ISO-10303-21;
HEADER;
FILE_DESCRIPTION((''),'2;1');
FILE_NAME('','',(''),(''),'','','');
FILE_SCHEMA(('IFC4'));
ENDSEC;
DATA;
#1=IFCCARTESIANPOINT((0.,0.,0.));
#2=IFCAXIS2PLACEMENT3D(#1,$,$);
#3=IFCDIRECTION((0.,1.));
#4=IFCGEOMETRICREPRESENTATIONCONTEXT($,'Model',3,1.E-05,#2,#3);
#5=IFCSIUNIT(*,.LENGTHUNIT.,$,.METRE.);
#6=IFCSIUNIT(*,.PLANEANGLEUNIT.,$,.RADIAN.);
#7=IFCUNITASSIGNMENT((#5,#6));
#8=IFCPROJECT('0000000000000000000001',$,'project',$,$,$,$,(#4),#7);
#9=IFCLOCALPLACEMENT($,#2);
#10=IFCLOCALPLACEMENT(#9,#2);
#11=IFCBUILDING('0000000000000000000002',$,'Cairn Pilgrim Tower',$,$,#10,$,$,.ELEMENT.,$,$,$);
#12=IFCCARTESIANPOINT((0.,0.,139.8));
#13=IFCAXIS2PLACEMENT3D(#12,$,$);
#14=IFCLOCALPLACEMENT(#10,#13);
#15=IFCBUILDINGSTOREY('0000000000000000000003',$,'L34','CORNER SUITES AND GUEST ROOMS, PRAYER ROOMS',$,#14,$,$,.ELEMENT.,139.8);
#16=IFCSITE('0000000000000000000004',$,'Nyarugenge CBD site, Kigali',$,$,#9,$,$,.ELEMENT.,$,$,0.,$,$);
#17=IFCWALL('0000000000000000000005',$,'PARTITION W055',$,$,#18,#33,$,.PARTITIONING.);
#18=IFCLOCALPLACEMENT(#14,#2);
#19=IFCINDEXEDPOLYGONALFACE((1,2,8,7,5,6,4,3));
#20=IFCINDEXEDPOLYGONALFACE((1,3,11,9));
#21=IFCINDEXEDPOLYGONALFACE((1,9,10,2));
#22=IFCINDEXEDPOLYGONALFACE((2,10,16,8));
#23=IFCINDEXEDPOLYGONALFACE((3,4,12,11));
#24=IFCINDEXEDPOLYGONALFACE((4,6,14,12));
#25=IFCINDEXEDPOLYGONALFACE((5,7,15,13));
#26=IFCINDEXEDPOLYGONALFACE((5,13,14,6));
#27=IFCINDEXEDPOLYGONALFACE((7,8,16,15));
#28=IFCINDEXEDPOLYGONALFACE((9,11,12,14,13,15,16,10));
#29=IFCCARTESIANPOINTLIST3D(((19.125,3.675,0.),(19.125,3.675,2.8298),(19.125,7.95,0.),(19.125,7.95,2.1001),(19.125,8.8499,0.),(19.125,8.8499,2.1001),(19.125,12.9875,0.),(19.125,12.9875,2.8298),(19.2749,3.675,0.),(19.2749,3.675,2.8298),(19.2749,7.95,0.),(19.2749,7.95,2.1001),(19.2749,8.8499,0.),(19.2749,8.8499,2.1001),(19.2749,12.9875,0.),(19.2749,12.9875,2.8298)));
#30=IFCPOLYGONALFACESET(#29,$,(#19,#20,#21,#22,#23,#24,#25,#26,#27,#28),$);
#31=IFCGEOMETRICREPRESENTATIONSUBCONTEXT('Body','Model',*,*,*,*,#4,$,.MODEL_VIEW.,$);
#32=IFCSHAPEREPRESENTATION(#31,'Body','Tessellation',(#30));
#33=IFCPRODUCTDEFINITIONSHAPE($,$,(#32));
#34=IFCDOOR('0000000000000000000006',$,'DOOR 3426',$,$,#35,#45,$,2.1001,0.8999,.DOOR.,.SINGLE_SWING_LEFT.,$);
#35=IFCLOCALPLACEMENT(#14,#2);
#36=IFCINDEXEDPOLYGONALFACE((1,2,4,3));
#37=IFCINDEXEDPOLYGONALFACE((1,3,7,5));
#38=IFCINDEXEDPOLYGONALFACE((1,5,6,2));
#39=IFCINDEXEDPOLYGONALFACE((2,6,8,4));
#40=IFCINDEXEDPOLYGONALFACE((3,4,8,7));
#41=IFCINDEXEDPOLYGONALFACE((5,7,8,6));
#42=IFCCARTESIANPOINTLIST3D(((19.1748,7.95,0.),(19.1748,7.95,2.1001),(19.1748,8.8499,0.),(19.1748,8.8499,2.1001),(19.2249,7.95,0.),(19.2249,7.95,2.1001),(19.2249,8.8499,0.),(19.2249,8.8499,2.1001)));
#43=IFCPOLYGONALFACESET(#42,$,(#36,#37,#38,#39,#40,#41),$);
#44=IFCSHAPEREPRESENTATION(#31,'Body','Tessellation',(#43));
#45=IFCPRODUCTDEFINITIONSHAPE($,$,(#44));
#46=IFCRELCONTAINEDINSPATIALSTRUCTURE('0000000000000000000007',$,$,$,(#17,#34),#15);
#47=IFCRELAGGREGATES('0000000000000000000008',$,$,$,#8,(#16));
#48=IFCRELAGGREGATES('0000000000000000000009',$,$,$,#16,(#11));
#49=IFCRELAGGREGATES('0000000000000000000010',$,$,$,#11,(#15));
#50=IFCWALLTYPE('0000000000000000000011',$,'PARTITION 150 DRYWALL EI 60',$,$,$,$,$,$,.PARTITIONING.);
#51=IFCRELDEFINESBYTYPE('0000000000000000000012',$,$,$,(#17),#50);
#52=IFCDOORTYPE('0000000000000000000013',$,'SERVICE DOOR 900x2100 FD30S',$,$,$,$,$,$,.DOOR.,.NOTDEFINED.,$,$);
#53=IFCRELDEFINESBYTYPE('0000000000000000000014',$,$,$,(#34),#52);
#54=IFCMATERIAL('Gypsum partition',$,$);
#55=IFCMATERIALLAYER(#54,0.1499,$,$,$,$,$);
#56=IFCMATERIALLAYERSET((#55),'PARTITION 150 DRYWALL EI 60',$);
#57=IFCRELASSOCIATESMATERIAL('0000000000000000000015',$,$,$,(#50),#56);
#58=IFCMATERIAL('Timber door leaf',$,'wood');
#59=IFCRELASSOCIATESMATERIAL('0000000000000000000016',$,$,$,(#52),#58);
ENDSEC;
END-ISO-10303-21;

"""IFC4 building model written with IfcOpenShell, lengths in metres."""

from ifc_helpers import new_model, si_unit, direction, frame, frame_2d, origin, place, context, subcontext, project, spatial, rectangle, extrude, material, layer, layer_set, type_object, element, fill, save


model = new_model("IFC4")

# Units and contexts
model_context = context("Model", 3, precision=1e-05, world=origin(), true_north=direction((0.0, 1.0)))
body_context = subcontext(model_context, "Body", "Model", "MODEL_VIEW")
ifc_project = project(units=[si_unit("LENGTHUNIT", "METRE"), si_unit("PLANEANGLEUNIT", "RADIAN")], contexts=[model_context])

# Site, building, storey
site_placement = place(None, origin())
site = spatial("IfcSite", under=ifc_project, at=site_placement, Name="Nyarugenge CBD site, Kigali", CompositionType="ELEMENT", RefElevation=0.0)
building_placement = place(site_placement, origin())
building = spatial("IfcBuilding", under=site, at=building_placement, Name="Cairn Pilgrim Tower", CompositionType="ELEMENT")
storey_placement = place(building_placement, frame((0.0, 0.0, 139.8)))
storey = spatial("IfcBuildingStorey", under=building, at=storey_placement, Name="L34", Description="CORNER SUITES AND GUEST ROOMS, PRAYER ROOMS", CompositionType="ELEMENT", Elevation=139.8)

# Shared definitions
ifc_material_1 = material(Name="Gypsum partition")
ifc_layer_1 = layer(ifc_material_1, 0.1499)
ifc_layer_set_1 = layer_set([ifc_layer_1], Name="PARTITION 150 DRYWALL EI 60")
wall_type_1 = type_object("IfcWallType", Name="PARTITION 150 DRYWALL EI 60", PredefinedType="PARTITIONING", material=ifc_layer_set_1)

# Wall, opening, door
ifc_material_2 = material(Name="Timber door leaf", Category="wood")
wall_1_placement = place(storey_placement, frame((19.2, 3.675, 0.0), z_axis=(0.0, 0.0, 1.0), x_axis=(0.0, 1.0, 0.0)))
wall_1 = element("IfcWall", 1, at=wall_1_placement, inside=storey, type_object=wall_type_1, Name="PARTITION W055", PredefinedType="PARTITIONING", context=body_context, shape_type="SweptSolid", body=[
    extrude(rectangle(XDim=9.3125, YDim=0.1499, at=frame_2d((4.6562, 0.0))), origin(), (0.0, 0.0, 1.0), 2.8298),
])
opening_1_placement = place(wall_1_placement, frame((4.2749, 0.0, 0.0)))
opening_1 = element("IfcOpeningElement", 2, at=opening_1_placement, cuts=wall_1, PredefinedType="OPENING", context=body_context, shape_type="SweptSolid", body=[
    extrude(rectangle(XDim=0.8999, YDim=2.1001, at=frame_2d((0.45, 1.05))), frame((0.0, 0.085, 0.0), z_axis=(0.0, -1.0, 0.0), x_axis=(1.0, 0.0, 0.0)), (0.0, 0.0, 1.0), 0.1699),
])
door_type_1 = type_object("IfcDoorType", Name="SERVICE DOOR 900x2100 FD30S", OperationType="NOTDEFINED", PredefinedType="DOOR", material=ifc_material_2)
door_1_placement = place(opening_1_placement, frame((0.8999, 0.0, 0.0), z_axis=(0.0, 0.0, 1.0), x_axis=(-1.0, 0.0, 0.0)))
door_1 = element("IfcDoor", 3, at=door_1_placement, inside=storey, type_object=door_type_1, Name="DOOR 3426", OperationType="SINGLE_SWING_LEFT", OverallHeight=2.1001, OverallWidth=0.8999, PredefinedType="DOOR", context=body_context, shape_type="SweptSolid", body=[
    extrude(rectangle(XDim=0.8999, YDim=2.1001, at=frame_2d((0.45, 1.05))), frame((0.0, 0.0249, 0.0), z_axis=(0.0, -1.0, 0.0), x_axis=(1.0, 0.0, 0.0)), (0.0, 0.0, 1.0), 0.05),
])
fill(opening_1, door_1)

save(model, "model.ifc")
